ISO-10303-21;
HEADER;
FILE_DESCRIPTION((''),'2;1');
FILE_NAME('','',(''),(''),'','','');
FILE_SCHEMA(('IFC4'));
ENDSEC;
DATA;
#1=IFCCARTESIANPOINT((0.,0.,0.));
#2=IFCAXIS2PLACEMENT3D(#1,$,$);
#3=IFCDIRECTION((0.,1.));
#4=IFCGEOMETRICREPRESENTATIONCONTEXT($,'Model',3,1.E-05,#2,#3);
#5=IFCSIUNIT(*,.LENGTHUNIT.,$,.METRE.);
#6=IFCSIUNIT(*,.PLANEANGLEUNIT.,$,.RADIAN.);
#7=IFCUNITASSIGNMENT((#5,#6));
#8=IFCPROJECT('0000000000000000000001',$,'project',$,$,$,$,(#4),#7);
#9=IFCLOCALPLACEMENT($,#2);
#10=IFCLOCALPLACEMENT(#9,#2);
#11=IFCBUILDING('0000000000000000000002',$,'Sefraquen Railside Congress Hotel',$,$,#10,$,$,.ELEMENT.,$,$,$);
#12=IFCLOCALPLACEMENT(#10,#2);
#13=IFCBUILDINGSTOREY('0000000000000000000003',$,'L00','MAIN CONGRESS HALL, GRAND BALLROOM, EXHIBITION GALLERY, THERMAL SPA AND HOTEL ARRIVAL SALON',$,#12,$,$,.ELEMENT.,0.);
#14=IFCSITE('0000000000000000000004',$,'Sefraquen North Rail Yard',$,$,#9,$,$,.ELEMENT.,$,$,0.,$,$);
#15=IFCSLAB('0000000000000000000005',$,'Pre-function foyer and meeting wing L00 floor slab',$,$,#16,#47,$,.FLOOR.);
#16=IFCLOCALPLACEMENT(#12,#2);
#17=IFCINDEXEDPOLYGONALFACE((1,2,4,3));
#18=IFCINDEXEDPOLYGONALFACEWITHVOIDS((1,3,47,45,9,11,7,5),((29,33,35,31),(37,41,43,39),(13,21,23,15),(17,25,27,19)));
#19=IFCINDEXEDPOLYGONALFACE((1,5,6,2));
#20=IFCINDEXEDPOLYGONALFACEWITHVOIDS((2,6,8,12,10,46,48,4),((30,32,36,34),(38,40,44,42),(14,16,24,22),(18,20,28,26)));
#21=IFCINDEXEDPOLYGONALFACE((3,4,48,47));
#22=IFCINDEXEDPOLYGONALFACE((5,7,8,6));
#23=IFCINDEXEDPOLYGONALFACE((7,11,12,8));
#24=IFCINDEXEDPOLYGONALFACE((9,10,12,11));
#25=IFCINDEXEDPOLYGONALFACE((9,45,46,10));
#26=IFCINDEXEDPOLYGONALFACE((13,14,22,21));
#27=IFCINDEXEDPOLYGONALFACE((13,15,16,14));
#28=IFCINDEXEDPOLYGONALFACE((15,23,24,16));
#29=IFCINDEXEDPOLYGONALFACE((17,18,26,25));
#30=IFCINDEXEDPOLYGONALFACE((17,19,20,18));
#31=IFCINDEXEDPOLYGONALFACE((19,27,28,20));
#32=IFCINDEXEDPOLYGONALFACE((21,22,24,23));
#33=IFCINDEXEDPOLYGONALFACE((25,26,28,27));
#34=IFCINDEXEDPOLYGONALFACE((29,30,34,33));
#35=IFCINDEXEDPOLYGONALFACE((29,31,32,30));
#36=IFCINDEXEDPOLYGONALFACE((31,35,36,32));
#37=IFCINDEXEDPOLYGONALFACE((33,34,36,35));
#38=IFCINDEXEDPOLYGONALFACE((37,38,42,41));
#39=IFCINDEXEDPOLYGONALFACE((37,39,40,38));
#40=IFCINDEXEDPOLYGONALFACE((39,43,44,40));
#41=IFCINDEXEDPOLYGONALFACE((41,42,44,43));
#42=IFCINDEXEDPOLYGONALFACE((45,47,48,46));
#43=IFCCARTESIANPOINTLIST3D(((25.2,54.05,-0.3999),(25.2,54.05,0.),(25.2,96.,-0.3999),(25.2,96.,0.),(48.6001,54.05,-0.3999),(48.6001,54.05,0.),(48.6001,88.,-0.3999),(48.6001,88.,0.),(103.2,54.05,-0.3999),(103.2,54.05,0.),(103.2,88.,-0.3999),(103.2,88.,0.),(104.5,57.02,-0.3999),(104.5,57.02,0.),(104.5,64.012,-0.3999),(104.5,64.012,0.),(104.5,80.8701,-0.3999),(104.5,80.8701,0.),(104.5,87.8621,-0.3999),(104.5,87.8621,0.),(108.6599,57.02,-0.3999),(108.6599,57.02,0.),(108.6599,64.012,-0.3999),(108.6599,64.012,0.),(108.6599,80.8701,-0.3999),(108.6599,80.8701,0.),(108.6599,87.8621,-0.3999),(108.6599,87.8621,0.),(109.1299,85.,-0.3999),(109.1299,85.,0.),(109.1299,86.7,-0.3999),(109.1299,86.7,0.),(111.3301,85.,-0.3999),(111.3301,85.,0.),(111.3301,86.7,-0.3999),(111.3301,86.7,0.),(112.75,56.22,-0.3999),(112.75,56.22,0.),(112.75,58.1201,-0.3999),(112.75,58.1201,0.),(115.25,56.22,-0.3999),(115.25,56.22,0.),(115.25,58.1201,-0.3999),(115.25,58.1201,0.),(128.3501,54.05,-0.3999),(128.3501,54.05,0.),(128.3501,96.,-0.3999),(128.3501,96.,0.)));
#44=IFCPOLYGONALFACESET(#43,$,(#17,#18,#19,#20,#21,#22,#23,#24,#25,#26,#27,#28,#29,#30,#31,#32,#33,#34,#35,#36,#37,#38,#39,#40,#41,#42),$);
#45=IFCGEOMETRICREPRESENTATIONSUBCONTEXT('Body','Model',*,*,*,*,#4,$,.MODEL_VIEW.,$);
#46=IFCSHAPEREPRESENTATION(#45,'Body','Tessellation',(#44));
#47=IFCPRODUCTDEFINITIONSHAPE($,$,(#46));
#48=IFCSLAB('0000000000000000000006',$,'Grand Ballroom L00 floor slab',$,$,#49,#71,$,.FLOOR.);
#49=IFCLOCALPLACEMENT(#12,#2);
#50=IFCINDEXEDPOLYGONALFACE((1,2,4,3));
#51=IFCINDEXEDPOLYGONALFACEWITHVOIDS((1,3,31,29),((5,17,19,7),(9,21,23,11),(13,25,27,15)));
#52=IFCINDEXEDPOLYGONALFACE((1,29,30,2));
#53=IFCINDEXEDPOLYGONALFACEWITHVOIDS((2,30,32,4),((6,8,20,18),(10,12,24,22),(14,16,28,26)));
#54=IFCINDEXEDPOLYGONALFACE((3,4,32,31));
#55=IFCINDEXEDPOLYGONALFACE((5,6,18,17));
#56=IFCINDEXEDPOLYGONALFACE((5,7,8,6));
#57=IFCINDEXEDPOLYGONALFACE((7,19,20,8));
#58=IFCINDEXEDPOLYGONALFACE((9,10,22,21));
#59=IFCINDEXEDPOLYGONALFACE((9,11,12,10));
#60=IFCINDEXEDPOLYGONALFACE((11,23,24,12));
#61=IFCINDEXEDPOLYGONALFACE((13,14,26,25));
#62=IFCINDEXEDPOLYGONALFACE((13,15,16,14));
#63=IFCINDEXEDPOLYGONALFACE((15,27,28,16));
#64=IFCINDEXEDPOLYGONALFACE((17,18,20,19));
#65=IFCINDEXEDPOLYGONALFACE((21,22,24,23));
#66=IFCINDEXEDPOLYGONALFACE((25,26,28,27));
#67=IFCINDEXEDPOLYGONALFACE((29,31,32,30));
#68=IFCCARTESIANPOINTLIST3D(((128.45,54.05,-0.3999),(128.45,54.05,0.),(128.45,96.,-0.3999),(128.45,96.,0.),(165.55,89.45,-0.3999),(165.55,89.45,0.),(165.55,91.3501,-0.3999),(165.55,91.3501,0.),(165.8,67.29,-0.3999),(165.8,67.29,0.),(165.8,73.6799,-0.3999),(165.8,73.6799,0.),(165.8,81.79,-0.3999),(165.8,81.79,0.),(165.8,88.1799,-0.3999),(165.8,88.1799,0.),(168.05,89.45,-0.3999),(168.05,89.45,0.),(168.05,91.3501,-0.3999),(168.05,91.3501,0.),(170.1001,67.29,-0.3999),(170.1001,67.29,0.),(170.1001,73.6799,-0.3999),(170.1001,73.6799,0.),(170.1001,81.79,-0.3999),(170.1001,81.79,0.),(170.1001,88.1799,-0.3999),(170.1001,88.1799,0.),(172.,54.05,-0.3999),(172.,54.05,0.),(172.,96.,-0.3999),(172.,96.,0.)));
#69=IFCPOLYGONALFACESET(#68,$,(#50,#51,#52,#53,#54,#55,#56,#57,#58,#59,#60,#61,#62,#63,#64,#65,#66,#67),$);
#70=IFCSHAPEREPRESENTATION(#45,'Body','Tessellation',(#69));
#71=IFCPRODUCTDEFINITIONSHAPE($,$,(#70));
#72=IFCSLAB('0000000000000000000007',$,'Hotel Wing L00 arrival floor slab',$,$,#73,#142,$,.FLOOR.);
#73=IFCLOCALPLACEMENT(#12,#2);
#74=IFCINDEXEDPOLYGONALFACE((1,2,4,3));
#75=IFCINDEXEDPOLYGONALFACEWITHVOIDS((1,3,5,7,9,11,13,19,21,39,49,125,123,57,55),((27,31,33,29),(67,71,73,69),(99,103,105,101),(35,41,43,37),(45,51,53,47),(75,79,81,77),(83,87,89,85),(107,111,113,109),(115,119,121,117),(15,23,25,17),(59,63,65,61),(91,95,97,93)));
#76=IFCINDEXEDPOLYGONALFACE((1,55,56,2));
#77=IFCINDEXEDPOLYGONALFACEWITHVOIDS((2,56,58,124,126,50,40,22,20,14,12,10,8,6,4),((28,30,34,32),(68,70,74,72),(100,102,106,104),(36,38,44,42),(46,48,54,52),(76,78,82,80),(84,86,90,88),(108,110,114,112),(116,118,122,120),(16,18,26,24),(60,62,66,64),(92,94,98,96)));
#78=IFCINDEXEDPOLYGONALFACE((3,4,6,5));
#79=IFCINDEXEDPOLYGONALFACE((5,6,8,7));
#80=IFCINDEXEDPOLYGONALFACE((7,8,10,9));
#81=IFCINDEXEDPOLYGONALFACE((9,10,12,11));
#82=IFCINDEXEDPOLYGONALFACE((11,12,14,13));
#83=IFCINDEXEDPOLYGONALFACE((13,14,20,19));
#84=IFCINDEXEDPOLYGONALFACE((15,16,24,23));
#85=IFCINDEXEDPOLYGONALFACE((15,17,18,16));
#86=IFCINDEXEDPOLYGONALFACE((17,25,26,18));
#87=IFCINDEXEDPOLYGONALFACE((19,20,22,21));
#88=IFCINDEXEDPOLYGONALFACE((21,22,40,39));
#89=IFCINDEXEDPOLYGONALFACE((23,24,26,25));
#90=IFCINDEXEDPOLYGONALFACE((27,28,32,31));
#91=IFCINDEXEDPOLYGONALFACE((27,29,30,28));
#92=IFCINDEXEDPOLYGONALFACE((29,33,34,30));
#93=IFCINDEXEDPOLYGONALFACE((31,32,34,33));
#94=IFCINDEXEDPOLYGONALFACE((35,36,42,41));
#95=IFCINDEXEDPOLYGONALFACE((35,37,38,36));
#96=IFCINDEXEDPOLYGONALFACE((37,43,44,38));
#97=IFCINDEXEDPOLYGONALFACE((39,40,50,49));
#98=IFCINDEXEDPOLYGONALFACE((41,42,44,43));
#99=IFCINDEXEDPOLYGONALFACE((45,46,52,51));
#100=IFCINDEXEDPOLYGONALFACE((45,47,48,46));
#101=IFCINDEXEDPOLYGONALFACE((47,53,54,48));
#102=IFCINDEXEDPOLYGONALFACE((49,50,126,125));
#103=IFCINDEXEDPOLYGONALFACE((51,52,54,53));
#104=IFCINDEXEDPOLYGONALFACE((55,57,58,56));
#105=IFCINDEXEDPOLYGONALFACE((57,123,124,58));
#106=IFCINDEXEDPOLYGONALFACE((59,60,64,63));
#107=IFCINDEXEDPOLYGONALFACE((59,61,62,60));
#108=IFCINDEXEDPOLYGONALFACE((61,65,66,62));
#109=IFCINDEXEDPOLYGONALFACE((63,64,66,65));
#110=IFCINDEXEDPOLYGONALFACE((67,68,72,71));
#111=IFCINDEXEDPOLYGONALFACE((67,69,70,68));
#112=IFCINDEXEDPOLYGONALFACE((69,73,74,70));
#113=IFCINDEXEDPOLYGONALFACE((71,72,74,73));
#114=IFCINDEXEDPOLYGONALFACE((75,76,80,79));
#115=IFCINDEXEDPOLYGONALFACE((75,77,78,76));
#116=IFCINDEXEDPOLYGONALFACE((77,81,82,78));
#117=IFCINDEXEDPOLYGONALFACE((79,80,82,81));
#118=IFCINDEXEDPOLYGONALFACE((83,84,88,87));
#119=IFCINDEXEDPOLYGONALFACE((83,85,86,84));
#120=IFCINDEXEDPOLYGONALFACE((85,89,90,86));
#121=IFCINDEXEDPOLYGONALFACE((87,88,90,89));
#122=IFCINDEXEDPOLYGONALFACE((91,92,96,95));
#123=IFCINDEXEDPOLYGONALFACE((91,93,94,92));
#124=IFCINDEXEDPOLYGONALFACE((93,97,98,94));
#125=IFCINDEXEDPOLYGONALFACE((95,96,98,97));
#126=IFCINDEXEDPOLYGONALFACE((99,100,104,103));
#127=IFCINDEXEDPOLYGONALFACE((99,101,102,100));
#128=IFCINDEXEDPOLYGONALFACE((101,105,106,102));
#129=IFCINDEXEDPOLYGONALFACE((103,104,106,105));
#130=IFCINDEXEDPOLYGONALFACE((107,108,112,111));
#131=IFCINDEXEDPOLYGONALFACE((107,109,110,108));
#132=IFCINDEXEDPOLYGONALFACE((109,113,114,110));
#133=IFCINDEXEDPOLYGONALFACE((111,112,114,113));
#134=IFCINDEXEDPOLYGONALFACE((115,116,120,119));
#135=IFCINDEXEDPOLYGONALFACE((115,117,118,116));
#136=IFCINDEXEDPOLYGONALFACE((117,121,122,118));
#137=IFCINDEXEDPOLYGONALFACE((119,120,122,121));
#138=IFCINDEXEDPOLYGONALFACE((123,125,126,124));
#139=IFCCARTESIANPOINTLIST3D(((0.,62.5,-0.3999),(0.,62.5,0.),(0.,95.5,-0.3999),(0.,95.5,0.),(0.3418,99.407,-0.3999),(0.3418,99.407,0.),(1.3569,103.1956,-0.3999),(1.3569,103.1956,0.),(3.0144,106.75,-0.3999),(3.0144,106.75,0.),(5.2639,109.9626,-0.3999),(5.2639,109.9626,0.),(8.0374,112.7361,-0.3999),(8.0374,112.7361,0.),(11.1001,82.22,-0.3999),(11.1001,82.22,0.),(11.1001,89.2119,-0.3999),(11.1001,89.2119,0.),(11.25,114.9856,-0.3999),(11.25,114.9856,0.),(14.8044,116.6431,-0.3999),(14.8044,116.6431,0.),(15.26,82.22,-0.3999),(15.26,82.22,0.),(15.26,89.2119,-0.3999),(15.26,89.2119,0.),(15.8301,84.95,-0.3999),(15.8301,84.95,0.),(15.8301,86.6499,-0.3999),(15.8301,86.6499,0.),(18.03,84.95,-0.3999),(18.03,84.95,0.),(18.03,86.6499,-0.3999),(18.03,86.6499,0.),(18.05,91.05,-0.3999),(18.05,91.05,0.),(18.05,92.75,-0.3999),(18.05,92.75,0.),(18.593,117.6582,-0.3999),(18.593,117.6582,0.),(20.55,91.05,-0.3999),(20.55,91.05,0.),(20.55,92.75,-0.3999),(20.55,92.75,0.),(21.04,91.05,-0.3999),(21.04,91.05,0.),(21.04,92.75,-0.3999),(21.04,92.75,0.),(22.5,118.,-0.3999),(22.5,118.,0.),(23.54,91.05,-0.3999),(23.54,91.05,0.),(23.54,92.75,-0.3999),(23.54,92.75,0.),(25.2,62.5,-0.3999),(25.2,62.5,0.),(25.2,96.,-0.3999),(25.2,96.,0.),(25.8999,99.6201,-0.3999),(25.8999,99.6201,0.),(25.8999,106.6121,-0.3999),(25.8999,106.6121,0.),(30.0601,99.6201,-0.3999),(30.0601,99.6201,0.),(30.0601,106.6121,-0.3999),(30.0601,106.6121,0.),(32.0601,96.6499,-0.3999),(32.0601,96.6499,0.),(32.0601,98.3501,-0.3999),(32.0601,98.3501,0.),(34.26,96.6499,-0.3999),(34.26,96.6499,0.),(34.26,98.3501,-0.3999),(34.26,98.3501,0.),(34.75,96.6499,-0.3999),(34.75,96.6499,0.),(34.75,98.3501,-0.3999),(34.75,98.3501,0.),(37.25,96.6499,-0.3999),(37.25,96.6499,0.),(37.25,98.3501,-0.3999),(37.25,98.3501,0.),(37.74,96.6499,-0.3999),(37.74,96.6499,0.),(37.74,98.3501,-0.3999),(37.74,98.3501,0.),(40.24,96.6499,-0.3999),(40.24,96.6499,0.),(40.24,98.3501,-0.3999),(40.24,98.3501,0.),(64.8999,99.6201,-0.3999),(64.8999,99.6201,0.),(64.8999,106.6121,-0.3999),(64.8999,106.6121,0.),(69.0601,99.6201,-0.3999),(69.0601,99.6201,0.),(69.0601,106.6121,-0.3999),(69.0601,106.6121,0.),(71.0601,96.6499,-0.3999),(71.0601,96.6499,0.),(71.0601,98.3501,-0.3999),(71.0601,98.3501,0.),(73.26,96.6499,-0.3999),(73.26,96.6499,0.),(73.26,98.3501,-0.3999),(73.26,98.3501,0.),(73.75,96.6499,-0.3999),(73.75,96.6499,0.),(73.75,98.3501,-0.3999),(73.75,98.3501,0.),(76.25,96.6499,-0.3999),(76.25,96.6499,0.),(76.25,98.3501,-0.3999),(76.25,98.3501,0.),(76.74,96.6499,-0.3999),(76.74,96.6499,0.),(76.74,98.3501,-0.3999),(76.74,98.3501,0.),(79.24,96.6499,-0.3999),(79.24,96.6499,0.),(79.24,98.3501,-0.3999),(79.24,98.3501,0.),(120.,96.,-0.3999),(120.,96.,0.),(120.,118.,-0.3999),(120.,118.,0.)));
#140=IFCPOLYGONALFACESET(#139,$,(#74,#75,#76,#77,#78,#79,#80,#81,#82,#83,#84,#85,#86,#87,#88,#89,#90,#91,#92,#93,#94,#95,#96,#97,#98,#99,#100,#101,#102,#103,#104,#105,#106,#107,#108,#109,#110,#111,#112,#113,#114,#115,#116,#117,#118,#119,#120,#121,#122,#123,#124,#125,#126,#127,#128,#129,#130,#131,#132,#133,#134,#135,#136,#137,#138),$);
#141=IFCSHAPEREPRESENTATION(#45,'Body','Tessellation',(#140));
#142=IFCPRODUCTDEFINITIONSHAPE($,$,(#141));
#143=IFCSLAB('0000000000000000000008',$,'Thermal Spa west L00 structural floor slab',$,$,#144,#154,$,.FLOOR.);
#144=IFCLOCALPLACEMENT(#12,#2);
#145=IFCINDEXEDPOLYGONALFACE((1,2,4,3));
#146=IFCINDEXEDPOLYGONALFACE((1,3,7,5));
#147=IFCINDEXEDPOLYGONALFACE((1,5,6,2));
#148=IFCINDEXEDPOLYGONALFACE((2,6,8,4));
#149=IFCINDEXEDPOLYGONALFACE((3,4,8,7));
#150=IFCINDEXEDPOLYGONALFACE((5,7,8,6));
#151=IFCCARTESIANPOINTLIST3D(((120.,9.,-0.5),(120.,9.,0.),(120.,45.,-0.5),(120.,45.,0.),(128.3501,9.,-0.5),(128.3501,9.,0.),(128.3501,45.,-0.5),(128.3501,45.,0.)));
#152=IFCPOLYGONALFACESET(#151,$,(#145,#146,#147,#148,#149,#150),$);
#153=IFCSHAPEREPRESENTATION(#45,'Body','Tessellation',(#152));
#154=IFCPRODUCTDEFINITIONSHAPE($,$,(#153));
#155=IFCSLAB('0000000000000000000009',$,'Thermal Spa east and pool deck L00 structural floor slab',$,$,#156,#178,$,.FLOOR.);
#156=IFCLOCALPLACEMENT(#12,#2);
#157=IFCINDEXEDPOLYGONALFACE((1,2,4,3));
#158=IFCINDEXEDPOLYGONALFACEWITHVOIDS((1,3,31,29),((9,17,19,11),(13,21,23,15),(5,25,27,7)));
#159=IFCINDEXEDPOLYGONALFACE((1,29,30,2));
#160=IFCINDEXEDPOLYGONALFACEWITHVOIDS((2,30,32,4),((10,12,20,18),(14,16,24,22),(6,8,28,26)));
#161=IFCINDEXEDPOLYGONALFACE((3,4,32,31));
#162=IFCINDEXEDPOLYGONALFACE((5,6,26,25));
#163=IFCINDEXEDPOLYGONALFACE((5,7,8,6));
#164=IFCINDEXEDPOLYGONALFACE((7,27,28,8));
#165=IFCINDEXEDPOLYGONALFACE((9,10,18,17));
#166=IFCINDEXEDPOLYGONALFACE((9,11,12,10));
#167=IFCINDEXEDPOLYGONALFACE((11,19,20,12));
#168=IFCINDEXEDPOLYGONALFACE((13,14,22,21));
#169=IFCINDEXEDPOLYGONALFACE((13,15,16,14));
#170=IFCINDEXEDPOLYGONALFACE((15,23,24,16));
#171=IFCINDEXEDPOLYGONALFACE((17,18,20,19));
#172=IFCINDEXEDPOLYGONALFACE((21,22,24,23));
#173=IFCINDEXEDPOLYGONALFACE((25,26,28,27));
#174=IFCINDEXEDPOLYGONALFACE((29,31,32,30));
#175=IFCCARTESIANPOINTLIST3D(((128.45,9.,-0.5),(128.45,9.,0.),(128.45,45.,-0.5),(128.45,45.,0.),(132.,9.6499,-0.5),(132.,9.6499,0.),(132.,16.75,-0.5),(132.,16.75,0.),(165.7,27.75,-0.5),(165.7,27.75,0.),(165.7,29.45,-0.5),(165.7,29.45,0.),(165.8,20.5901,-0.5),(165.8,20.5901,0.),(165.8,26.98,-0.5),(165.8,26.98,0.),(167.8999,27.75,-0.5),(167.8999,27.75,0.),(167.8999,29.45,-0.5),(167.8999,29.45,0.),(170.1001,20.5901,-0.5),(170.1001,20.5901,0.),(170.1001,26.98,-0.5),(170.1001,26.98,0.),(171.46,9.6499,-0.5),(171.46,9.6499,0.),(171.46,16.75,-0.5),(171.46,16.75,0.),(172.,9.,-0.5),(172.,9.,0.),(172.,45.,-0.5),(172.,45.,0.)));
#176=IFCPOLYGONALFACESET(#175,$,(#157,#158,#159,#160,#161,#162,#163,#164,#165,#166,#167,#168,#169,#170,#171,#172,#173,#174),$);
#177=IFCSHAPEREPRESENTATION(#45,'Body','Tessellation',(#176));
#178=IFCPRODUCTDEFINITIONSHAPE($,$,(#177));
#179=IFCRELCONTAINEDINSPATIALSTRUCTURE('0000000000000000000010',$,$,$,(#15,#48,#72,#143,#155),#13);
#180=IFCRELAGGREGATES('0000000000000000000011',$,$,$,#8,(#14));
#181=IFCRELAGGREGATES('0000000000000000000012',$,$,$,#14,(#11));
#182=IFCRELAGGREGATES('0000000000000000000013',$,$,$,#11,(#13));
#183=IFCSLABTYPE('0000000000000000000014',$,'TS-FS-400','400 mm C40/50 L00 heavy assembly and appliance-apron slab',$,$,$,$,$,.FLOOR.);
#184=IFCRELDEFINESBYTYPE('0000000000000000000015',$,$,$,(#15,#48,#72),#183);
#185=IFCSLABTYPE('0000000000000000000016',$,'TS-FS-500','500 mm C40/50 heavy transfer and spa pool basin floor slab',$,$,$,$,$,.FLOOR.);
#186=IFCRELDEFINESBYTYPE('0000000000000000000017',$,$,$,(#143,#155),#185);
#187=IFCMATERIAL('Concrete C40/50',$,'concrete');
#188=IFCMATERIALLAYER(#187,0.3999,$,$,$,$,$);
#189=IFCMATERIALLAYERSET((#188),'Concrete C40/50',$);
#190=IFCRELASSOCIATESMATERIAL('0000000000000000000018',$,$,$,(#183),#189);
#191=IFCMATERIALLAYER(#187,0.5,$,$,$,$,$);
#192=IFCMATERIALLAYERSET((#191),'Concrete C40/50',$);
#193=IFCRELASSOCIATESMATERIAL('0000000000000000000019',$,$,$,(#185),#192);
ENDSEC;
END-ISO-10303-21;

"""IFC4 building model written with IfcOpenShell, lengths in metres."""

from ifc_helpers import new_model, si_unit, direction, frame, origin, place, context, subcontext, project, spatial, polyline, outline, extrude, material, layer, layer_set, type_object, element, save


model = new_model("IFC4")

# Units and contexts
model_context = context("Model", 3, precision=1e-05, world=origin(), true_north=direction((0.0, 1.0)))
body_context = subcontext(model_context, "Body", "Model", "MODEL_VIEW")
ifc_project = project(units=[si_unit("LENGTHUNIT", "METRE"), si_unit("PLANEANGLEUNIT", "RADIAN")], contexts=[model_context])

# Site, building, storey
site_placement = place(None, origin())
site = spatial("IfcSite", under=ifc_project, at=site_placement, Name="Sefraquen North Rail Yard", CompositionType="ELEMENT", RefElevation=0.0)
building_placement = place(site_placement, origin())
building = spatial("IfcBuilding", under=site, at=building_placement, Name="Sefraquen Railside Congress Hotel", CompositionType="ELEMENT")
storey_placement = place(building_placement, origin())
storey = spatial("IfcBuildingStorey", under=building, at=storey_placement, Name="L00", Description="MAIN CONGRESS HALL, GRAND BALLROOM, EXHIBITION GALLERY, THERMAL SPA AND HOTEL ARRIVAL SALON", CompositionType="ELEMENT", Elevation=0.0)

# Slabs
ifc_material_1 = material(Name="Concrete C40/50", Category="concrete")
ifc_layer_1 = layer(ifc_material_1, 0.3999)
ifc_layer_set_1 = layer_set([ifc_layer_1], Name="Concrete C40/50")
slab_type_1 = type_object("IfcSlabType", Name="TS-FS-400", Description="400 mm C40/50 L00 heavy assembly and appliance-apron slab", PredefinedType="FLOOR", material=ifc_layer_set_1)
slab_1_placement = place(storey_placement, frame((0.0, 0.0, -0.3999)))
element("IfcSlab", 1, at=slab_1_placement, inside=storey, type_object=slab_type_1, Name="Pre-function foyer and meeting wing L00 floor slab", PredefinedType="FLOOR", context=body_context, shape_type="SweptSolid", body=[
    extrude(outline(polyline([(25.2, 54.05), (48.6001, 54.05), (48.6001, 88.0), (103.2, 88.0), (103.2, 54.05), (128.3501, 54.05), (128.3501, 96.0), (25.2, 96.0), (25.2, 54.05)]), holes=[polyline([(104.5, 80.8701), (108.6599, 80.8701), (108.6599, 87.8621), (104.5, 87.8621), (104.5, 80.8701)]), polyline([(104.5, 57.02), (108.6599, 57.02), (108.6599, 64.012), (104.5, 64.012), (104.5, 57.02)]), polyline([(109.1299, 85.0), (111.3301, 85.0), (111.3301, 86.7), (109.1299, 86.7), (109.1299, 85.0)]), polyline([(112.75, 56.22), (115.25, 56.22), (115.25, 58.1201), (112.75, 58.1201), (112.75, 56.22)])]), origin(), (0.0, 0.0, 1.0), 0.3999),
])
slab_2_placement = place(storey_placement, frame((0.0, 0.0, -0.3999)))
element("IfcSlab", 2, at=slab_2_placement, inside=storey, type_object=slab_type_1, Name="Grand Ballroom L00 floor slab", PredefinedType="FLOOR", context=body_context, shape_type="SweptSolid", body=[
    extrude(outline(polyline([(128.45, 54.05), (172.0, 54.05), (172.0, 96.0), (128.45, 96.0), (128.45, 54.05)]), holes=[polyline([(165.8, 81.79), (170.1001, 81.79), (170.1001, 88.1799), (165.8, 88.1799), (165.8, 81.79)]), polyline([(165.8, 67.29), (170.1001, 67.29), (170.1001, 73.6799), (165.8, 73.6799), (165.8, 67.29)]), polyline([(165.55, 89.45), (168.05, 89.45), (168.05, 91.3501), (165.55, 91.3501), (165.55, 89.45)])]), origin(), (0.0, 0.0, 1.0), 0.3999),
])
slab_3_placement = place(storey_placement, frame((0.0, 0.0, -0.3999)))
element("IfcSlab", 3, at=slab_3_placement, inside=storey, type_object=slab_type_1, Name="Hotel Wing L00 arrival floor slab", PredefinedType="FLOOR", context=body_context, shape_type="SweptSolid", body=[
    extrude(outline(polyline([(0.0, 62.5), (25.2, 62.5), (25.2, 96.0), (120.0, 96.0), (120.0, 118.0), (22.5, 118.0), (18.593, 117.6582), (14.8044, 116.6431), (11.25, 114.9856), (8.0374, 112.7361), (5.2639, 109.9626), (3.0144, 106.75), (1.3569, 103.1956), (0.3418, 99.407), (0.0, 95.5), (0.0, 62.5)]), holes=[polyline([(11.1001, 82.22), (15.26, 82.22), (15.26, 89.2119), (11.1001, 89.2119), (11.1001, 82.22)]), polyline([(25.8999, 99.6201), (30.0601, 99.6201), (30.0601, 106.6121), (25.8999, 106.6121), (25.8999, 99.6201)]), polyline([(64.8999, 99.6201), (69.0601, 99.6201), (69.0601, 106.6121), (64.8999, 106.6121), (64.8999, 99.6201)]), polyline([(15.8301, 84.95), (18.03, 84.95), (18.03, 86.6499), (15.8301, 86.6499), (15.8301, 84.95)]), polyline([(32.0601, 96.6499), (34.26, 96.6499), (34.26, 98.3501), (32.0601, 98.3501), (32.0601, 96.6499)]), polyline([(71.0601, 96.6499), (73.26, 96.6499), (73.26, 98.3501), (71.0601, 98.3501), (71.0601, 96.6499)]), polyline([(18.05, 91.05), (20.55, 91.05), (20.55, 92.75), (18.05, 92.75), (18.05, 91.05)]), polyline([(21.04, 91.05), (23.54, 91.05), (23.54, 92.75), (21.04, 92.75), (21.04, 91.05)]), polyline([(34.75, 96.6499), (37.25, 96.6499), (37.25, 98.3501), (34.75, 98.3501), (34.75, 96.6499)]), polyline([(37.74, 96.6499), (40.24, 96.6499), (40.24, 98.3501), (37.74, 98.3501), (37.74, 96.6499)]), polyline([(73.75, 96.6499), (76.25, 96.6499), (76.25, 98.3501), (73.75, 98.3501), (73.75, 96.6499)]), polyline([(76.74, 96.6499), (79.24, 96.6499), (79.24, 98.3501), (76.74, 98.3501), (76.74, 96.6499)])]), origin(), (0.0, 0.0, 1.0), 0.3999),
])
ifc_layer_2 = layer(ifc_material_1, 0.5)
ifc_layer_set_2 = layer_set([ifc_layer_2], Name="Concrete C40/50")
slab_type_2 = type_object("IfcSlabType", Name="TS-FS-500", Description="500 mm C40/50 heavy transfer and spa pool basin floor slab", PredefinedType="FLOOR", material=ifc_layer_set_2)
slab_4_placement = place(storey_placement, frame((0.0, 0.0, -0.5)))
element("IfcSlab", 4, at=slab_4_placement, inside=storey, type_object=slab_type_2, Name="Thermal Spa west L00 structural floor slab", PredefinedType="FLOOR", context=body_context, shape_type="SweptSolid", body=[
    extrude(outline(polyline([(120.0, 9.0), (128.3501, 9.0), (128.3501, 45.0), (120.0, 45.0), (120.0, 9.0)])), origin(), (0.0, 0.0, 1.0), 0.5),
])
slab_5_placement = place(storey_placement, frame((0.0, 0.0, -0.5)))
element("IfcSlab", 5, at=slab_5_placement, inside=storey, type_object=slab_type_2, Name="Thermal Spa east and pool deck L00 structural floor slab", PredefinedType="FLOOR", context=body_context, shape_type="SweptSolid", body=[
    extrude(outline(polyline([(128.45, 9.0), (172.0, 9.0), (172.0, 45.0), (128.45, 45.0), (128.45, 9.0)]), holes=[polyline([(165.8, 20.5901), (170.1001, 20.5901), (170.1001, 26.98), (165.8, 26.98), (165.8, 20.5901)]), polyline([(165.7, 27.75), (167.8999, 27.75), (167.8999, 29.45), (165.7, 29.45), (165.7, 27.75)]), polyline([(132.0, 9.6499), (171.46, 9.6499), (171.46, 16.75), (132.0, 16.75), (132.0, 9.6499)])]), origin(), (0.0, 0.0, 1.0), 0.5),
])

save(model, "model.ifc")
